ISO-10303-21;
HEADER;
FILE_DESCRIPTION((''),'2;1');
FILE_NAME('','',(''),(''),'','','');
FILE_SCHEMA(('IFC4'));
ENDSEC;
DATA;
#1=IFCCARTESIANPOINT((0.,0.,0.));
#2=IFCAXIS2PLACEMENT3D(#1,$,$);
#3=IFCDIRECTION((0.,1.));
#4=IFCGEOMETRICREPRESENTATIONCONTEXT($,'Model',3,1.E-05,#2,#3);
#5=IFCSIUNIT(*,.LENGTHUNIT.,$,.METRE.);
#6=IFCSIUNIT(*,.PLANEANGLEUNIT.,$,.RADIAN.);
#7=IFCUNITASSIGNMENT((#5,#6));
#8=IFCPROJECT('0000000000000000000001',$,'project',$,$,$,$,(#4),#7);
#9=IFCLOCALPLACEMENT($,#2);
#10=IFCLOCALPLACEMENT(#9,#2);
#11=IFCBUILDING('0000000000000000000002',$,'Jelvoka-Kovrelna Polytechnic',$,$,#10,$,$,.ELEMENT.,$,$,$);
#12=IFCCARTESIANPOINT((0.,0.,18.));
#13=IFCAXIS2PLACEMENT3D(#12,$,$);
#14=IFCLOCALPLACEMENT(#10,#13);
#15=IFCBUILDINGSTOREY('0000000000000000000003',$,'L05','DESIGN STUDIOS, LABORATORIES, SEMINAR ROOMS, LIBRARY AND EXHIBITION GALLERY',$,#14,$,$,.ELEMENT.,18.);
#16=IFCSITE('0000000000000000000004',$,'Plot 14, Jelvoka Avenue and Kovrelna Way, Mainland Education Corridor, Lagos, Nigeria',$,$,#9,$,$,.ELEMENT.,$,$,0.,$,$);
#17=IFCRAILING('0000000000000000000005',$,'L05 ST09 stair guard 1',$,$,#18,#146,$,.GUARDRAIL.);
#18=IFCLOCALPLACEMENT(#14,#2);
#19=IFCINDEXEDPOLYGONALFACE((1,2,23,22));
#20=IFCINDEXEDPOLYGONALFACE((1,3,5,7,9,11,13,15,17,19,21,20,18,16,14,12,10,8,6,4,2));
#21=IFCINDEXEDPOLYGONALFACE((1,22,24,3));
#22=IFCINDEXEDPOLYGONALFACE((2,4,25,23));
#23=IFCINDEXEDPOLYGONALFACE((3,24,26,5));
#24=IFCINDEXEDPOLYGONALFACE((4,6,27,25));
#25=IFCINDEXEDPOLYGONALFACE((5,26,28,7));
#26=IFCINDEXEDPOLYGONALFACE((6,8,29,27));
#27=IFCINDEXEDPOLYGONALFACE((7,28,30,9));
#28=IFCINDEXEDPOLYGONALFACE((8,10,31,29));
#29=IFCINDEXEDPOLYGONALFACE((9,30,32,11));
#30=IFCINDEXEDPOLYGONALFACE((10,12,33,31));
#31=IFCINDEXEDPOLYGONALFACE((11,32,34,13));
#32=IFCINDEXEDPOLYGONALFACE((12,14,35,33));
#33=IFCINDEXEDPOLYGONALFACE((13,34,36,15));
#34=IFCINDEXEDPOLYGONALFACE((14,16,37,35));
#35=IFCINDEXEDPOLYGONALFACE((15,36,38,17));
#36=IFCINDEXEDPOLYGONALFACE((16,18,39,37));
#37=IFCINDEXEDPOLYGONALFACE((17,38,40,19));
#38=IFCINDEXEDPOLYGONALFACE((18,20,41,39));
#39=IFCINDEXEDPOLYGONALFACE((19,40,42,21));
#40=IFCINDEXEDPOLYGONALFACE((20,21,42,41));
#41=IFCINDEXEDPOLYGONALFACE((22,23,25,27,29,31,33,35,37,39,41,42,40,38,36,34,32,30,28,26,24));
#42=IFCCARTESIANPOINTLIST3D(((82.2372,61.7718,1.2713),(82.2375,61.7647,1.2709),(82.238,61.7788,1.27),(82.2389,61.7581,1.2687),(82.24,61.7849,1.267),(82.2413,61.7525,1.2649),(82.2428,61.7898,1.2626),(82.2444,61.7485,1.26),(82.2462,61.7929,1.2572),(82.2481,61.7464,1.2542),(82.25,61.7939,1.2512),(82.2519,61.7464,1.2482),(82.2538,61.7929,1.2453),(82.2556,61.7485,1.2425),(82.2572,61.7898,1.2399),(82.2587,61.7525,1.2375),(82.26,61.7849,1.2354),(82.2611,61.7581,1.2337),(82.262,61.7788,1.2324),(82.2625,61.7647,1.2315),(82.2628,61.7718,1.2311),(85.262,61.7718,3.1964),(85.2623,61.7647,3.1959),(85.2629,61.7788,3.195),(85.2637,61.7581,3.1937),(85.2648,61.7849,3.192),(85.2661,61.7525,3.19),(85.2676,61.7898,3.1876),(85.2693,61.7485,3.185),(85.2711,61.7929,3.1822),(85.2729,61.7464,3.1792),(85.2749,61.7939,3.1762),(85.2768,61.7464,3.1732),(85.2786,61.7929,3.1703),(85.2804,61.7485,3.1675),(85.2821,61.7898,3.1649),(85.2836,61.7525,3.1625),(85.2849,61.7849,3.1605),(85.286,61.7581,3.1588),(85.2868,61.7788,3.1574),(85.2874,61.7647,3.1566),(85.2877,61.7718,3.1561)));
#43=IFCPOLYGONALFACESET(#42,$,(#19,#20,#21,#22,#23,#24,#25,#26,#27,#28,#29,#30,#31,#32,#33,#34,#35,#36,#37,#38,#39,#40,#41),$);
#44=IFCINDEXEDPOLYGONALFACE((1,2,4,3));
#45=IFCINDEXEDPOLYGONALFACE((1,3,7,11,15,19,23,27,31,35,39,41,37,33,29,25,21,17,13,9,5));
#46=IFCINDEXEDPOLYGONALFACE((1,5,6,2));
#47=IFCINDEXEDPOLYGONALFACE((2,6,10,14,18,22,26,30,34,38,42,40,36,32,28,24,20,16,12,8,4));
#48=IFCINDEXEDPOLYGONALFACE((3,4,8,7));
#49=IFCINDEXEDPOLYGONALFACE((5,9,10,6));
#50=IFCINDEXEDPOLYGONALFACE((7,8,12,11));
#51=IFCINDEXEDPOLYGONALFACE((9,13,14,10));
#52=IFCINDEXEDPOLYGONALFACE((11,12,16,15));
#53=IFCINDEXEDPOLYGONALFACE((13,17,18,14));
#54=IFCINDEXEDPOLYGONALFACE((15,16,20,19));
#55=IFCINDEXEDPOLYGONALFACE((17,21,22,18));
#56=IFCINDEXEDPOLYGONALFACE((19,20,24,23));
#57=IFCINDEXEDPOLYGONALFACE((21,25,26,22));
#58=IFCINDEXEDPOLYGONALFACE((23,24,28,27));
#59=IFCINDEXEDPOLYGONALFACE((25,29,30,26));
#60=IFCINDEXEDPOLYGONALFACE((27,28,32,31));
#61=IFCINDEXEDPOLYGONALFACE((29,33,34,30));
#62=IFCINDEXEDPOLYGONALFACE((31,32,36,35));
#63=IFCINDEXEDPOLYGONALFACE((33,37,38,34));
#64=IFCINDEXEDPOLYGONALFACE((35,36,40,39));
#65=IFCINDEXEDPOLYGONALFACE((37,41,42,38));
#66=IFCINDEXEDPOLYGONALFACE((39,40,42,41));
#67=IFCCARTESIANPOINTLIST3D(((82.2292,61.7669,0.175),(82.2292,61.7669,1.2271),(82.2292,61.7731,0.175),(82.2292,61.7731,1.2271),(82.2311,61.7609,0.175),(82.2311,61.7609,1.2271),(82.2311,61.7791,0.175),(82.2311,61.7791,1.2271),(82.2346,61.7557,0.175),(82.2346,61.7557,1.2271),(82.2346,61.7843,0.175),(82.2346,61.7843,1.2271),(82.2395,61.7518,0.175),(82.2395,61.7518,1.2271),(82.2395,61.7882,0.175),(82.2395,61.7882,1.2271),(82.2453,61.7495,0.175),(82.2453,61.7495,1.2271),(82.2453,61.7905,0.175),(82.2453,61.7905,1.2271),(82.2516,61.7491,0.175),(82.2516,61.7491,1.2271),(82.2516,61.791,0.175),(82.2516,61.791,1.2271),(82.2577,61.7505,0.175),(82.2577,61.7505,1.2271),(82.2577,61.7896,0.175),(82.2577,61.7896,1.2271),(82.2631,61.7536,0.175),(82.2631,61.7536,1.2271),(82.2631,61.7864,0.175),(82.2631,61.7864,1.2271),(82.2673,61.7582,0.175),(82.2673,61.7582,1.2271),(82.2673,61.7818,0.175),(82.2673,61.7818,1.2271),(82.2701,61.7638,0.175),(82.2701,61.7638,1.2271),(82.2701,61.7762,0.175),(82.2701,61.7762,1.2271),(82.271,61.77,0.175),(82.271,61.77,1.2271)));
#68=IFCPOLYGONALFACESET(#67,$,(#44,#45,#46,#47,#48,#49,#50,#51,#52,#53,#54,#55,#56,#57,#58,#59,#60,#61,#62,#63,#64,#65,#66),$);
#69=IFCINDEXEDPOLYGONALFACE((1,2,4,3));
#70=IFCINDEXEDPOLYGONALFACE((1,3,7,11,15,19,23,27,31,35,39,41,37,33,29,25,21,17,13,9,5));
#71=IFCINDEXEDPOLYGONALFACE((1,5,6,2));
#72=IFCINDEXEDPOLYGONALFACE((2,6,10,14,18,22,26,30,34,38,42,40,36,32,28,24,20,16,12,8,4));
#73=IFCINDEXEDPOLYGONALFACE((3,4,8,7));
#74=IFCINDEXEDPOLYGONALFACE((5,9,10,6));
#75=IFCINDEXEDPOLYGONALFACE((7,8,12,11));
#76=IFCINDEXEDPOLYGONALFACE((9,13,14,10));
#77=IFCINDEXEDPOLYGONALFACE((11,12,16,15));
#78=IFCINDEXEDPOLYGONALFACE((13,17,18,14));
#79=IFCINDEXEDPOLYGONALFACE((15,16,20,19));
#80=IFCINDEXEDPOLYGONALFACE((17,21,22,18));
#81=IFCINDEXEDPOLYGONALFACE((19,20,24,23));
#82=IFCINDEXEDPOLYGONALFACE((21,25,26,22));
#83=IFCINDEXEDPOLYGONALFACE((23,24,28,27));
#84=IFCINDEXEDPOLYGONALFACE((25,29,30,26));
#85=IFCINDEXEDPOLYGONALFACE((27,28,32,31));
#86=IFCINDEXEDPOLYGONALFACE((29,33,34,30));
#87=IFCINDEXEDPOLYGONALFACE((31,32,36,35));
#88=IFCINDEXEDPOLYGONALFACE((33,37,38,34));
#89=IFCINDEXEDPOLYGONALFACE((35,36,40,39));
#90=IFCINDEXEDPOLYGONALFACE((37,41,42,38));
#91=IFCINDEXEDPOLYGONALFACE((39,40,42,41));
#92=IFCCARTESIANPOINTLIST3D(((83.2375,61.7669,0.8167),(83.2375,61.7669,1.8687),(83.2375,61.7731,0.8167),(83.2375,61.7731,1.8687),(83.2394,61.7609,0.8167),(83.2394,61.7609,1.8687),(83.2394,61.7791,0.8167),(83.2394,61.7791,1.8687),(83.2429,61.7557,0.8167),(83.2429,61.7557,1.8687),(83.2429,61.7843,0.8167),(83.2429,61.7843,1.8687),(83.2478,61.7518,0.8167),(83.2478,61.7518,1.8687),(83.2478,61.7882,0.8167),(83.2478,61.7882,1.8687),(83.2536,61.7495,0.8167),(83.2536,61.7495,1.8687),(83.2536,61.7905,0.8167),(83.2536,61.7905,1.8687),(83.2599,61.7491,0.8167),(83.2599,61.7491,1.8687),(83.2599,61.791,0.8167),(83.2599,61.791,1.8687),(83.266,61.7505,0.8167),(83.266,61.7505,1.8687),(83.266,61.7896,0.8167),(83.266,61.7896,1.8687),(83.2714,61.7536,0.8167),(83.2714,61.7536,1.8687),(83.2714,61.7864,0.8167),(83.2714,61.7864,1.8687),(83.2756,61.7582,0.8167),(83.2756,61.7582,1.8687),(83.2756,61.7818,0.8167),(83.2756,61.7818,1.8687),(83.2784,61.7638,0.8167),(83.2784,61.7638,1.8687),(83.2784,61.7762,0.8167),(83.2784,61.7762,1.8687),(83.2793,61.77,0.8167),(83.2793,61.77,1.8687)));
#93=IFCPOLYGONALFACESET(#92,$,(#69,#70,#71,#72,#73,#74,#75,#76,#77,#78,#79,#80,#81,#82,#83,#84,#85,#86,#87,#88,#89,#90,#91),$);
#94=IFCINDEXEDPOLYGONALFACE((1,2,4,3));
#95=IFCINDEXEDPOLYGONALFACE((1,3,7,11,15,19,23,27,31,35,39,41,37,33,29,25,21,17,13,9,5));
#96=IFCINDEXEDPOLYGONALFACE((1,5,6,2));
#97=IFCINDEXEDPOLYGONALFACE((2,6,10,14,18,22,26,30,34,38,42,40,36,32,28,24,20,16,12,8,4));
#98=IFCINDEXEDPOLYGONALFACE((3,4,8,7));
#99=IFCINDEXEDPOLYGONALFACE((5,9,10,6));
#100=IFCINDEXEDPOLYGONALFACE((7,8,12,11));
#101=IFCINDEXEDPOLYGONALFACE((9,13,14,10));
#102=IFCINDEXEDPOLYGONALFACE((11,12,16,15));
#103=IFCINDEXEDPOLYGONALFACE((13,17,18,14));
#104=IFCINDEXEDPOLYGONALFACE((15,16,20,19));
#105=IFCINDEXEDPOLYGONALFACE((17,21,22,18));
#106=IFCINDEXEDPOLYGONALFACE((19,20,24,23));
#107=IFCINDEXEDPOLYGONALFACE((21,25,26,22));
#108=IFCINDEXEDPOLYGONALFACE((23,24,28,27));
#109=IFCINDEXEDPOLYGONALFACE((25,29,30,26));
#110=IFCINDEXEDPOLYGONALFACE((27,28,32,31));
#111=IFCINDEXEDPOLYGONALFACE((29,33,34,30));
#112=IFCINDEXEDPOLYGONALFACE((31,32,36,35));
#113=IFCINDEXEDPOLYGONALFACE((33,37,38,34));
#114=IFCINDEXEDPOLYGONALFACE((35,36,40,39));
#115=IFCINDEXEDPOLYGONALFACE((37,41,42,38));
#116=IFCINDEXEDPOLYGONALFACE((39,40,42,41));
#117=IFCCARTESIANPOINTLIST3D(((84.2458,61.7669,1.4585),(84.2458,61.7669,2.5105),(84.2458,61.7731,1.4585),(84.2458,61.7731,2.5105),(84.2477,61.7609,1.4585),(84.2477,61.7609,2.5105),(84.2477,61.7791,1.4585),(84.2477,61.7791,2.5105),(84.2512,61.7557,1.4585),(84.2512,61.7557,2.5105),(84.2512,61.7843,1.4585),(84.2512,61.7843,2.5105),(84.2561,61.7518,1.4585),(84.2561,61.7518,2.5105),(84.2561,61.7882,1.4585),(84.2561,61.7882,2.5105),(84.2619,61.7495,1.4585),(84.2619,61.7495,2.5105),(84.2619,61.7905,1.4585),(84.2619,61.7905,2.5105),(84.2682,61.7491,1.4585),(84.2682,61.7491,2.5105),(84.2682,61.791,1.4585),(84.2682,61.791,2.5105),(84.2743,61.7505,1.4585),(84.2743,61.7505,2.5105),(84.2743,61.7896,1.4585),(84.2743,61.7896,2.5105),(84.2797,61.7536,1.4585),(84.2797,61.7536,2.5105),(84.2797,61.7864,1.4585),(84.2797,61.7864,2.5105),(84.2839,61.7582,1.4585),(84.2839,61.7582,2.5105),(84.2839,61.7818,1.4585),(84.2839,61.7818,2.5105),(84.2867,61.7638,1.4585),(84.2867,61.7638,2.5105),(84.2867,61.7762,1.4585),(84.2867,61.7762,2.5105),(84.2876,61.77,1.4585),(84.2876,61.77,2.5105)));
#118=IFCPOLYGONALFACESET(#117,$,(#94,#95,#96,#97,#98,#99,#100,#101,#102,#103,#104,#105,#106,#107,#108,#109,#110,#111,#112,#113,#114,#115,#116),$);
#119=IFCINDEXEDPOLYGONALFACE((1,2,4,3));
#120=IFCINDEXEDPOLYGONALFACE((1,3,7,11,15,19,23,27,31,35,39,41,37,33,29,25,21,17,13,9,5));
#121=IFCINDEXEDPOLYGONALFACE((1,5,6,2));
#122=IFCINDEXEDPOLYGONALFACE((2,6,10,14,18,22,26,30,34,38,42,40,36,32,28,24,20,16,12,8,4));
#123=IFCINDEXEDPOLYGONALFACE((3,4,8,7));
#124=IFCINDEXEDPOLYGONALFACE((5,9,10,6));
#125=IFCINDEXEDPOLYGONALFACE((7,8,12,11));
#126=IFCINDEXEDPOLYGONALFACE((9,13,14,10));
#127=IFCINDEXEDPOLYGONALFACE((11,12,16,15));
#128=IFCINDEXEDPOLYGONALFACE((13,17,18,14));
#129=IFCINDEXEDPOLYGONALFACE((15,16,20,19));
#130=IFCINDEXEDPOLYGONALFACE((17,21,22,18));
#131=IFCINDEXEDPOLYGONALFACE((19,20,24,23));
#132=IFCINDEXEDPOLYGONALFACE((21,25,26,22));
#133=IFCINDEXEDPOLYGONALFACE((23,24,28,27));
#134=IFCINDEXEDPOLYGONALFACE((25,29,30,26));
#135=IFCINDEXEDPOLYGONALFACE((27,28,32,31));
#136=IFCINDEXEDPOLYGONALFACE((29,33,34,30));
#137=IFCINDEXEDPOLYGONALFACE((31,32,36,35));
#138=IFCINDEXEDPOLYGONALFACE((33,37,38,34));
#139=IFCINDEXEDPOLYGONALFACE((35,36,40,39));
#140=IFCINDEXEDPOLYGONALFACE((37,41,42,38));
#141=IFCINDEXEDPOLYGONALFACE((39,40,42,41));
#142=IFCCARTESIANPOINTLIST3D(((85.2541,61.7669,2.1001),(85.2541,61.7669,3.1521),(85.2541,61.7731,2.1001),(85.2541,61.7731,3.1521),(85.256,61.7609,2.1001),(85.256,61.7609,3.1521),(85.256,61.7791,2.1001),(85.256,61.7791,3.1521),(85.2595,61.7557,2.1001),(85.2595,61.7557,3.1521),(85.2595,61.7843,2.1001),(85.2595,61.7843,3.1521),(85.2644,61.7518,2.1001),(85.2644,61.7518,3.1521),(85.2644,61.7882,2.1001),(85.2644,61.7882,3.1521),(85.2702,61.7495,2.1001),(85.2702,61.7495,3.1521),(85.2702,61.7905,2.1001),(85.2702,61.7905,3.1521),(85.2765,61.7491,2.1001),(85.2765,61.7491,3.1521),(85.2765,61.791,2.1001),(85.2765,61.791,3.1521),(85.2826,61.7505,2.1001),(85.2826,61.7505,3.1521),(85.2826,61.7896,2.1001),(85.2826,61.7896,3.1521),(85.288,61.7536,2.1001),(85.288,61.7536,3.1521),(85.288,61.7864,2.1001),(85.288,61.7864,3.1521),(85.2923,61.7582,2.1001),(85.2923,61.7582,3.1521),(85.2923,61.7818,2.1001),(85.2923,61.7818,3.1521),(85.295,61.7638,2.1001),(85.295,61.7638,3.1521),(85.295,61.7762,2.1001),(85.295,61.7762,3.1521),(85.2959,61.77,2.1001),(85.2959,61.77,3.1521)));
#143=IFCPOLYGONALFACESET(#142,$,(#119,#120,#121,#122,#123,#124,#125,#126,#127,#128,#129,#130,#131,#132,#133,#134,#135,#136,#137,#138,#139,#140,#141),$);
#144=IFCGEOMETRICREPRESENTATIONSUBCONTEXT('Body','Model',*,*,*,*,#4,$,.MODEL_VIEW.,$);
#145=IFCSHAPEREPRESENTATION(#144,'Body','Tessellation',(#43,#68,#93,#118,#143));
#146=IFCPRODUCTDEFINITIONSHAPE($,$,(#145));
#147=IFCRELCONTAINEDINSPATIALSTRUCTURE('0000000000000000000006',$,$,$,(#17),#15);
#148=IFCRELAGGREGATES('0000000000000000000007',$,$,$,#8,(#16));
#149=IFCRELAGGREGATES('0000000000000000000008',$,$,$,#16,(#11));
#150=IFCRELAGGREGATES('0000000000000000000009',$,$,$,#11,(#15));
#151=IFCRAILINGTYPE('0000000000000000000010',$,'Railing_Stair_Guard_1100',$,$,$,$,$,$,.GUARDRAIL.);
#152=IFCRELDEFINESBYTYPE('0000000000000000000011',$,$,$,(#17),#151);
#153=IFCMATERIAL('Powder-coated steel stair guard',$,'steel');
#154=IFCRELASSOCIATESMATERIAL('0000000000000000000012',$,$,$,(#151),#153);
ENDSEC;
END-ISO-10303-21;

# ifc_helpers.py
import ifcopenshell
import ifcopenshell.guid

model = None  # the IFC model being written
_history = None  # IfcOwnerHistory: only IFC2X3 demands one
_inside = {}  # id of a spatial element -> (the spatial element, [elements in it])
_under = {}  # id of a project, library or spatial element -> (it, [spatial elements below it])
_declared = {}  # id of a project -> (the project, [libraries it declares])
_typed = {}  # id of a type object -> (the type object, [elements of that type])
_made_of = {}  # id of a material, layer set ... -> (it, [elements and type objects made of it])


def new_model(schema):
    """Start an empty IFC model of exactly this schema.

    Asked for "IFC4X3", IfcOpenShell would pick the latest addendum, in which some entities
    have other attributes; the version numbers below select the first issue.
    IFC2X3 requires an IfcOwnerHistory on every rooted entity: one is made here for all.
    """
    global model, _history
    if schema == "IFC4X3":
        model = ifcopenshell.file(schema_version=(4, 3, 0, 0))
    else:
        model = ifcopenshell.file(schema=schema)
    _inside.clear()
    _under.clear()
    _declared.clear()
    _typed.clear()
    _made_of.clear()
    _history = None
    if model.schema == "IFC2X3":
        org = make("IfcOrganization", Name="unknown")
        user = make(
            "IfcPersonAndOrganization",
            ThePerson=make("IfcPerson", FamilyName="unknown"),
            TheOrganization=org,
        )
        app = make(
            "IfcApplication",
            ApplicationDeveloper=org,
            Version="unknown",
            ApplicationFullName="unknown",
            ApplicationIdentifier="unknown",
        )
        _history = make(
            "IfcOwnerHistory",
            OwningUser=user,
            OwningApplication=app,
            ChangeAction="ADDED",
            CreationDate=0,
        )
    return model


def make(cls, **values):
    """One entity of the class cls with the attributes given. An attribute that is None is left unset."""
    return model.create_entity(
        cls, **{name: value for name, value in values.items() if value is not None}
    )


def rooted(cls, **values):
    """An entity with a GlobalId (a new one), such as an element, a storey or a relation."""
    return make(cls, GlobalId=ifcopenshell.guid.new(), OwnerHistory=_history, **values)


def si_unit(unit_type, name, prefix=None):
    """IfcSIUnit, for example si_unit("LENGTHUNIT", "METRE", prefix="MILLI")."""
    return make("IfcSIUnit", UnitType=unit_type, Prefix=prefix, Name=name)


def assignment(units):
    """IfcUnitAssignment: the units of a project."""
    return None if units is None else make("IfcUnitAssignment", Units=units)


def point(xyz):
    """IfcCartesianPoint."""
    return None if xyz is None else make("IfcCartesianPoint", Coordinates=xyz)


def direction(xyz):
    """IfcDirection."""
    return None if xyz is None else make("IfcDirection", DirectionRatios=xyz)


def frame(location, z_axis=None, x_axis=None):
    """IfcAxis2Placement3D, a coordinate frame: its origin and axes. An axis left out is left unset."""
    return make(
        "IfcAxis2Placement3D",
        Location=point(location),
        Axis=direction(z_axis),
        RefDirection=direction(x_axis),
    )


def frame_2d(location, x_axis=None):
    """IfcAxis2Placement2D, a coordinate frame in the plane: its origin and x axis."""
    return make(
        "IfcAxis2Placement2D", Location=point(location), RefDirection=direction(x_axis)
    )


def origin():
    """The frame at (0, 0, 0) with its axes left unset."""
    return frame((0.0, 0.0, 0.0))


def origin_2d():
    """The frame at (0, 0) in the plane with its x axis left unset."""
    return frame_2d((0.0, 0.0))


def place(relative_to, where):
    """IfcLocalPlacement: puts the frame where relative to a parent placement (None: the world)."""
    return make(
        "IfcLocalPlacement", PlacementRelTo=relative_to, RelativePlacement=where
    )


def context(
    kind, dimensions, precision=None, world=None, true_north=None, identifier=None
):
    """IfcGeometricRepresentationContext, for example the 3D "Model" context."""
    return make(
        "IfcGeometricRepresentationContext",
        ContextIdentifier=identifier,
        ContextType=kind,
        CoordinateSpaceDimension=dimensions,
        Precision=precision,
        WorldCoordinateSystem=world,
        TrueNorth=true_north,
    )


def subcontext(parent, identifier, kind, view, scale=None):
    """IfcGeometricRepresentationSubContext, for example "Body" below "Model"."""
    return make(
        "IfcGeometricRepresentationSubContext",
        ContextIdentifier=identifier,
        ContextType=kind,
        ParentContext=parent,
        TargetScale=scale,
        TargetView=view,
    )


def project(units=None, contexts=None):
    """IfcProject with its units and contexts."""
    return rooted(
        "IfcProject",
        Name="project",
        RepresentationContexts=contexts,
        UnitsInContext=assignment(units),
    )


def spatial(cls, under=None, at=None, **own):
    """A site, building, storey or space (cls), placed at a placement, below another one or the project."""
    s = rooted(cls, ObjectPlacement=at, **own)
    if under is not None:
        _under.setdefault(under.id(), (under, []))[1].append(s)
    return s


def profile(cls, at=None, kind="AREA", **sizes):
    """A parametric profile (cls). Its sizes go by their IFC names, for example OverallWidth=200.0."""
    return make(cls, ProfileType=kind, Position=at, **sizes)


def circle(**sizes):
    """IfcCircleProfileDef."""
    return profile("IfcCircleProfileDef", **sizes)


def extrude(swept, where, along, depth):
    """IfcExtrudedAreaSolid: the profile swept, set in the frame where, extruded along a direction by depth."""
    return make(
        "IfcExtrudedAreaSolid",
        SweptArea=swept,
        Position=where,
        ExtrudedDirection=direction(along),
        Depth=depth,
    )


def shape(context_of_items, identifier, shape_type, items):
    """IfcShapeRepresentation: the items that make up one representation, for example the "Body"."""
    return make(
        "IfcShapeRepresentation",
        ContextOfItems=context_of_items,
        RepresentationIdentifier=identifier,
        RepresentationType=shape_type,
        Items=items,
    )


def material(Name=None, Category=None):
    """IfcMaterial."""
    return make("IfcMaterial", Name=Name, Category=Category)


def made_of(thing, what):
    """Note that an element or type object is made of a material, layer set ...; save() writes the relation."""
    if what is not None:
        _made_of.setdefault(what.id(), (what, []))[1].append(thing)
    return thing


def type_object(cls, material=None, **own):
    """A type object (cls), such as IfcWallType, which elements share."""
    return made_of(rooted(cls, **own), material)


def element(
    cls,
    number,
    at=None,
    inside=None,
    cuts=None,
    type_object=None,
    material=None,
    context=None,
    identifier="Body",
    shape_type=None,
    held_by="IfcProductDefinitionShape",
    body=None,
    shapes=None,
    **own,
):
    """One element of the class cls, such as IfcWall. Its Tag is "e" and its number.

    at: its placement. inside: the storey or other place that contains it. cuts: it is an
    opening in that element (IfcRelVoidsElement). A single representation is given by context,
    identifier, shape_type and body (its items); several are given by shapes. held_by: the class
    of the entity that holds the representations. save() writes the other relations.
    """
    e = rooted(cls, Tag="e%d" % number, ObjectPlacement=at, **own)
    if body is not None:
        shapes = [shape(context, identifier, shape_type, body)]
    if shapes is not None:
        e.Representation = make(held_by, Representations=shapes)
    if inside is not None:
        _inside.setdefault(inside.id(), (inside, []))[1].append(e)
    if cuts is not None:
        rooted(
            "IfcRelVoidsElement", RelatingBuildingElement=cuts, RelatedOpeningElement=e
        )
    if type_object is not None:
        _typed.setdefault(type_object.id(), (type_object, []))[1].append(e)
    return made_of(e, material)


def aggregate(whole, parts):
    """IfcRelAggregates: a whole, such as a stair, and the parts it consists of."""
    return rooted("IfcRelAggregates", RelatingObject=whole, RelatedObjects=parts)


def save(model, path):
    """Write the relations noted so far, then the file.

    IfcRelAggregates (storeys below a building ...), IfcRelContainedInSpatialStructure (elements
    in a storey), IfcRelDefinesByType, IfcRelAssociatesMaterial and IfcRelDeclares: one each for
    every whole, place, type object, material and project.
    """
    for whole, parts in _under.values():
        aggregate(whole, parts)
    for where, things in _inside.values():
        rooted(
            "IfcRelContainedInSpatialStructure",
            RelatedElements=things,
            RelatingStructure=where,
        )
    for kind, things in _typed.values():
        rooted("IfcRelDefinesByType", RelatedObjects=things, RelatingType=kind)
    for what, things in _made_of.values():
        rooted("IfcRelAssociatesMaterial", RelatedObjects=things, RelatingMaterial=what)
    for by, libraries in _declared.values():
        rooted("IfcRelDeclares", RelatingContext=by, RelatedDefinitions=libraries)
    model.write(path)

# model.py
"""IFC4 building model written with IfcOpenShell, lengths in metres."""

from ifc_helpers import new_model, si_unit, direction, frame, origin, origin_2d, place, context, subcontext, project, spatial, circle, extrude, material, type_object, element, save


model = new_model("IFC4")

# Units and contexts
model_context = context("Model", 3, precision=1e-05, world=origin(), true_north=direction((0.0, 1.0)))
body_context = subcontext(model_context, "Body", "Model", "MODEL_VIEW")
ifc_project = project(units=[si_unit("LENGTHUNIT", "METRE"), si_unit("PLANEANGLEUNIT", "RADIAN")], contexts=[model_context])

# Site, building, storey
site_placement = place(None, origin())
site = spatial("IfcSite", under=ifc_project, at=site_placement, Name="Plot 14, Jelvoka Avenue and Kovrelna Way, Mainland Education Corridor, Lagos, Nigeria", CompositionType="ELEMENT", RefElevation=0.0)
building_placement = place(site_placement, origin())
building = spatial("IfcBuilding", under=site, at=building_placement, Name="Jelvoka-Kovrelna Polytechnic", CompositionType="ELEMENT")
storey_placement = place(building_placement, frame((0.0, 0.0, 18.0)))
storey = spatial("IfcBuildingStorey", under=building, at=storey_placement, Name="L05", Description="DESIGN STUDIOS, LABORATORIES, SEMINAR ROOMS, LIBRARY AND EXHIBITION GALLERY", CompositionType="ELEMENT", Elevation=18.0)

# Railing
ifc_material_1 = material(Name="Powder-coated steel stair guard", Category="steel")
railing_type_1 = type_object("IfcRailingType", Name="Railing_Stair_Guard_1100", PredefinedType="GUARDRAIL", material=ifc_material_1)
railing_1_placement = place(storey_placement, frame((82.25, 61.77, 0.175)))
element("IfcRailing", 1, at=railing_1_placement, inside=storey, type_object=railing_type_1, Name="L05 ST09 stair guard 1", PredefinedType="GUARDRAIL", context=body_context, shape_type="SweptSolid", body=[
    extrude(circle(Radius=0.0239, at=origin_2d()), frame((0.0, 0.0, 1.0762), z_axis=(0.843647, 0.0, 0.536898), x_axis=(0.0, 1.0, 0.0)), (0.0, 0.0, 1.0), 3.5854),
    extrude(circle(Radius=0.021, at=origin_2d()), origin(), (0.0, 0.0, 1.0), 1.052),
    extrude(circle(Radius=0.021, at=origin_2d()), frame((1.0083, 0.0, 0.6416)), (0.0, 0.0, 1.0), 1.052),
    extrude(circle(Radius=0.021, at=origin_2d()), frame((2.0166, 0.0, 1.2834)), (0.0, 0.0, 1.0), 1.052),
    extrude(circle(Radius=0.021, at=origin_2d()), frame((3.0249, 0.0, 1.925)), (0.0, 0.0, 1.0), 1.052),
])

save(model, "model.ifc")
